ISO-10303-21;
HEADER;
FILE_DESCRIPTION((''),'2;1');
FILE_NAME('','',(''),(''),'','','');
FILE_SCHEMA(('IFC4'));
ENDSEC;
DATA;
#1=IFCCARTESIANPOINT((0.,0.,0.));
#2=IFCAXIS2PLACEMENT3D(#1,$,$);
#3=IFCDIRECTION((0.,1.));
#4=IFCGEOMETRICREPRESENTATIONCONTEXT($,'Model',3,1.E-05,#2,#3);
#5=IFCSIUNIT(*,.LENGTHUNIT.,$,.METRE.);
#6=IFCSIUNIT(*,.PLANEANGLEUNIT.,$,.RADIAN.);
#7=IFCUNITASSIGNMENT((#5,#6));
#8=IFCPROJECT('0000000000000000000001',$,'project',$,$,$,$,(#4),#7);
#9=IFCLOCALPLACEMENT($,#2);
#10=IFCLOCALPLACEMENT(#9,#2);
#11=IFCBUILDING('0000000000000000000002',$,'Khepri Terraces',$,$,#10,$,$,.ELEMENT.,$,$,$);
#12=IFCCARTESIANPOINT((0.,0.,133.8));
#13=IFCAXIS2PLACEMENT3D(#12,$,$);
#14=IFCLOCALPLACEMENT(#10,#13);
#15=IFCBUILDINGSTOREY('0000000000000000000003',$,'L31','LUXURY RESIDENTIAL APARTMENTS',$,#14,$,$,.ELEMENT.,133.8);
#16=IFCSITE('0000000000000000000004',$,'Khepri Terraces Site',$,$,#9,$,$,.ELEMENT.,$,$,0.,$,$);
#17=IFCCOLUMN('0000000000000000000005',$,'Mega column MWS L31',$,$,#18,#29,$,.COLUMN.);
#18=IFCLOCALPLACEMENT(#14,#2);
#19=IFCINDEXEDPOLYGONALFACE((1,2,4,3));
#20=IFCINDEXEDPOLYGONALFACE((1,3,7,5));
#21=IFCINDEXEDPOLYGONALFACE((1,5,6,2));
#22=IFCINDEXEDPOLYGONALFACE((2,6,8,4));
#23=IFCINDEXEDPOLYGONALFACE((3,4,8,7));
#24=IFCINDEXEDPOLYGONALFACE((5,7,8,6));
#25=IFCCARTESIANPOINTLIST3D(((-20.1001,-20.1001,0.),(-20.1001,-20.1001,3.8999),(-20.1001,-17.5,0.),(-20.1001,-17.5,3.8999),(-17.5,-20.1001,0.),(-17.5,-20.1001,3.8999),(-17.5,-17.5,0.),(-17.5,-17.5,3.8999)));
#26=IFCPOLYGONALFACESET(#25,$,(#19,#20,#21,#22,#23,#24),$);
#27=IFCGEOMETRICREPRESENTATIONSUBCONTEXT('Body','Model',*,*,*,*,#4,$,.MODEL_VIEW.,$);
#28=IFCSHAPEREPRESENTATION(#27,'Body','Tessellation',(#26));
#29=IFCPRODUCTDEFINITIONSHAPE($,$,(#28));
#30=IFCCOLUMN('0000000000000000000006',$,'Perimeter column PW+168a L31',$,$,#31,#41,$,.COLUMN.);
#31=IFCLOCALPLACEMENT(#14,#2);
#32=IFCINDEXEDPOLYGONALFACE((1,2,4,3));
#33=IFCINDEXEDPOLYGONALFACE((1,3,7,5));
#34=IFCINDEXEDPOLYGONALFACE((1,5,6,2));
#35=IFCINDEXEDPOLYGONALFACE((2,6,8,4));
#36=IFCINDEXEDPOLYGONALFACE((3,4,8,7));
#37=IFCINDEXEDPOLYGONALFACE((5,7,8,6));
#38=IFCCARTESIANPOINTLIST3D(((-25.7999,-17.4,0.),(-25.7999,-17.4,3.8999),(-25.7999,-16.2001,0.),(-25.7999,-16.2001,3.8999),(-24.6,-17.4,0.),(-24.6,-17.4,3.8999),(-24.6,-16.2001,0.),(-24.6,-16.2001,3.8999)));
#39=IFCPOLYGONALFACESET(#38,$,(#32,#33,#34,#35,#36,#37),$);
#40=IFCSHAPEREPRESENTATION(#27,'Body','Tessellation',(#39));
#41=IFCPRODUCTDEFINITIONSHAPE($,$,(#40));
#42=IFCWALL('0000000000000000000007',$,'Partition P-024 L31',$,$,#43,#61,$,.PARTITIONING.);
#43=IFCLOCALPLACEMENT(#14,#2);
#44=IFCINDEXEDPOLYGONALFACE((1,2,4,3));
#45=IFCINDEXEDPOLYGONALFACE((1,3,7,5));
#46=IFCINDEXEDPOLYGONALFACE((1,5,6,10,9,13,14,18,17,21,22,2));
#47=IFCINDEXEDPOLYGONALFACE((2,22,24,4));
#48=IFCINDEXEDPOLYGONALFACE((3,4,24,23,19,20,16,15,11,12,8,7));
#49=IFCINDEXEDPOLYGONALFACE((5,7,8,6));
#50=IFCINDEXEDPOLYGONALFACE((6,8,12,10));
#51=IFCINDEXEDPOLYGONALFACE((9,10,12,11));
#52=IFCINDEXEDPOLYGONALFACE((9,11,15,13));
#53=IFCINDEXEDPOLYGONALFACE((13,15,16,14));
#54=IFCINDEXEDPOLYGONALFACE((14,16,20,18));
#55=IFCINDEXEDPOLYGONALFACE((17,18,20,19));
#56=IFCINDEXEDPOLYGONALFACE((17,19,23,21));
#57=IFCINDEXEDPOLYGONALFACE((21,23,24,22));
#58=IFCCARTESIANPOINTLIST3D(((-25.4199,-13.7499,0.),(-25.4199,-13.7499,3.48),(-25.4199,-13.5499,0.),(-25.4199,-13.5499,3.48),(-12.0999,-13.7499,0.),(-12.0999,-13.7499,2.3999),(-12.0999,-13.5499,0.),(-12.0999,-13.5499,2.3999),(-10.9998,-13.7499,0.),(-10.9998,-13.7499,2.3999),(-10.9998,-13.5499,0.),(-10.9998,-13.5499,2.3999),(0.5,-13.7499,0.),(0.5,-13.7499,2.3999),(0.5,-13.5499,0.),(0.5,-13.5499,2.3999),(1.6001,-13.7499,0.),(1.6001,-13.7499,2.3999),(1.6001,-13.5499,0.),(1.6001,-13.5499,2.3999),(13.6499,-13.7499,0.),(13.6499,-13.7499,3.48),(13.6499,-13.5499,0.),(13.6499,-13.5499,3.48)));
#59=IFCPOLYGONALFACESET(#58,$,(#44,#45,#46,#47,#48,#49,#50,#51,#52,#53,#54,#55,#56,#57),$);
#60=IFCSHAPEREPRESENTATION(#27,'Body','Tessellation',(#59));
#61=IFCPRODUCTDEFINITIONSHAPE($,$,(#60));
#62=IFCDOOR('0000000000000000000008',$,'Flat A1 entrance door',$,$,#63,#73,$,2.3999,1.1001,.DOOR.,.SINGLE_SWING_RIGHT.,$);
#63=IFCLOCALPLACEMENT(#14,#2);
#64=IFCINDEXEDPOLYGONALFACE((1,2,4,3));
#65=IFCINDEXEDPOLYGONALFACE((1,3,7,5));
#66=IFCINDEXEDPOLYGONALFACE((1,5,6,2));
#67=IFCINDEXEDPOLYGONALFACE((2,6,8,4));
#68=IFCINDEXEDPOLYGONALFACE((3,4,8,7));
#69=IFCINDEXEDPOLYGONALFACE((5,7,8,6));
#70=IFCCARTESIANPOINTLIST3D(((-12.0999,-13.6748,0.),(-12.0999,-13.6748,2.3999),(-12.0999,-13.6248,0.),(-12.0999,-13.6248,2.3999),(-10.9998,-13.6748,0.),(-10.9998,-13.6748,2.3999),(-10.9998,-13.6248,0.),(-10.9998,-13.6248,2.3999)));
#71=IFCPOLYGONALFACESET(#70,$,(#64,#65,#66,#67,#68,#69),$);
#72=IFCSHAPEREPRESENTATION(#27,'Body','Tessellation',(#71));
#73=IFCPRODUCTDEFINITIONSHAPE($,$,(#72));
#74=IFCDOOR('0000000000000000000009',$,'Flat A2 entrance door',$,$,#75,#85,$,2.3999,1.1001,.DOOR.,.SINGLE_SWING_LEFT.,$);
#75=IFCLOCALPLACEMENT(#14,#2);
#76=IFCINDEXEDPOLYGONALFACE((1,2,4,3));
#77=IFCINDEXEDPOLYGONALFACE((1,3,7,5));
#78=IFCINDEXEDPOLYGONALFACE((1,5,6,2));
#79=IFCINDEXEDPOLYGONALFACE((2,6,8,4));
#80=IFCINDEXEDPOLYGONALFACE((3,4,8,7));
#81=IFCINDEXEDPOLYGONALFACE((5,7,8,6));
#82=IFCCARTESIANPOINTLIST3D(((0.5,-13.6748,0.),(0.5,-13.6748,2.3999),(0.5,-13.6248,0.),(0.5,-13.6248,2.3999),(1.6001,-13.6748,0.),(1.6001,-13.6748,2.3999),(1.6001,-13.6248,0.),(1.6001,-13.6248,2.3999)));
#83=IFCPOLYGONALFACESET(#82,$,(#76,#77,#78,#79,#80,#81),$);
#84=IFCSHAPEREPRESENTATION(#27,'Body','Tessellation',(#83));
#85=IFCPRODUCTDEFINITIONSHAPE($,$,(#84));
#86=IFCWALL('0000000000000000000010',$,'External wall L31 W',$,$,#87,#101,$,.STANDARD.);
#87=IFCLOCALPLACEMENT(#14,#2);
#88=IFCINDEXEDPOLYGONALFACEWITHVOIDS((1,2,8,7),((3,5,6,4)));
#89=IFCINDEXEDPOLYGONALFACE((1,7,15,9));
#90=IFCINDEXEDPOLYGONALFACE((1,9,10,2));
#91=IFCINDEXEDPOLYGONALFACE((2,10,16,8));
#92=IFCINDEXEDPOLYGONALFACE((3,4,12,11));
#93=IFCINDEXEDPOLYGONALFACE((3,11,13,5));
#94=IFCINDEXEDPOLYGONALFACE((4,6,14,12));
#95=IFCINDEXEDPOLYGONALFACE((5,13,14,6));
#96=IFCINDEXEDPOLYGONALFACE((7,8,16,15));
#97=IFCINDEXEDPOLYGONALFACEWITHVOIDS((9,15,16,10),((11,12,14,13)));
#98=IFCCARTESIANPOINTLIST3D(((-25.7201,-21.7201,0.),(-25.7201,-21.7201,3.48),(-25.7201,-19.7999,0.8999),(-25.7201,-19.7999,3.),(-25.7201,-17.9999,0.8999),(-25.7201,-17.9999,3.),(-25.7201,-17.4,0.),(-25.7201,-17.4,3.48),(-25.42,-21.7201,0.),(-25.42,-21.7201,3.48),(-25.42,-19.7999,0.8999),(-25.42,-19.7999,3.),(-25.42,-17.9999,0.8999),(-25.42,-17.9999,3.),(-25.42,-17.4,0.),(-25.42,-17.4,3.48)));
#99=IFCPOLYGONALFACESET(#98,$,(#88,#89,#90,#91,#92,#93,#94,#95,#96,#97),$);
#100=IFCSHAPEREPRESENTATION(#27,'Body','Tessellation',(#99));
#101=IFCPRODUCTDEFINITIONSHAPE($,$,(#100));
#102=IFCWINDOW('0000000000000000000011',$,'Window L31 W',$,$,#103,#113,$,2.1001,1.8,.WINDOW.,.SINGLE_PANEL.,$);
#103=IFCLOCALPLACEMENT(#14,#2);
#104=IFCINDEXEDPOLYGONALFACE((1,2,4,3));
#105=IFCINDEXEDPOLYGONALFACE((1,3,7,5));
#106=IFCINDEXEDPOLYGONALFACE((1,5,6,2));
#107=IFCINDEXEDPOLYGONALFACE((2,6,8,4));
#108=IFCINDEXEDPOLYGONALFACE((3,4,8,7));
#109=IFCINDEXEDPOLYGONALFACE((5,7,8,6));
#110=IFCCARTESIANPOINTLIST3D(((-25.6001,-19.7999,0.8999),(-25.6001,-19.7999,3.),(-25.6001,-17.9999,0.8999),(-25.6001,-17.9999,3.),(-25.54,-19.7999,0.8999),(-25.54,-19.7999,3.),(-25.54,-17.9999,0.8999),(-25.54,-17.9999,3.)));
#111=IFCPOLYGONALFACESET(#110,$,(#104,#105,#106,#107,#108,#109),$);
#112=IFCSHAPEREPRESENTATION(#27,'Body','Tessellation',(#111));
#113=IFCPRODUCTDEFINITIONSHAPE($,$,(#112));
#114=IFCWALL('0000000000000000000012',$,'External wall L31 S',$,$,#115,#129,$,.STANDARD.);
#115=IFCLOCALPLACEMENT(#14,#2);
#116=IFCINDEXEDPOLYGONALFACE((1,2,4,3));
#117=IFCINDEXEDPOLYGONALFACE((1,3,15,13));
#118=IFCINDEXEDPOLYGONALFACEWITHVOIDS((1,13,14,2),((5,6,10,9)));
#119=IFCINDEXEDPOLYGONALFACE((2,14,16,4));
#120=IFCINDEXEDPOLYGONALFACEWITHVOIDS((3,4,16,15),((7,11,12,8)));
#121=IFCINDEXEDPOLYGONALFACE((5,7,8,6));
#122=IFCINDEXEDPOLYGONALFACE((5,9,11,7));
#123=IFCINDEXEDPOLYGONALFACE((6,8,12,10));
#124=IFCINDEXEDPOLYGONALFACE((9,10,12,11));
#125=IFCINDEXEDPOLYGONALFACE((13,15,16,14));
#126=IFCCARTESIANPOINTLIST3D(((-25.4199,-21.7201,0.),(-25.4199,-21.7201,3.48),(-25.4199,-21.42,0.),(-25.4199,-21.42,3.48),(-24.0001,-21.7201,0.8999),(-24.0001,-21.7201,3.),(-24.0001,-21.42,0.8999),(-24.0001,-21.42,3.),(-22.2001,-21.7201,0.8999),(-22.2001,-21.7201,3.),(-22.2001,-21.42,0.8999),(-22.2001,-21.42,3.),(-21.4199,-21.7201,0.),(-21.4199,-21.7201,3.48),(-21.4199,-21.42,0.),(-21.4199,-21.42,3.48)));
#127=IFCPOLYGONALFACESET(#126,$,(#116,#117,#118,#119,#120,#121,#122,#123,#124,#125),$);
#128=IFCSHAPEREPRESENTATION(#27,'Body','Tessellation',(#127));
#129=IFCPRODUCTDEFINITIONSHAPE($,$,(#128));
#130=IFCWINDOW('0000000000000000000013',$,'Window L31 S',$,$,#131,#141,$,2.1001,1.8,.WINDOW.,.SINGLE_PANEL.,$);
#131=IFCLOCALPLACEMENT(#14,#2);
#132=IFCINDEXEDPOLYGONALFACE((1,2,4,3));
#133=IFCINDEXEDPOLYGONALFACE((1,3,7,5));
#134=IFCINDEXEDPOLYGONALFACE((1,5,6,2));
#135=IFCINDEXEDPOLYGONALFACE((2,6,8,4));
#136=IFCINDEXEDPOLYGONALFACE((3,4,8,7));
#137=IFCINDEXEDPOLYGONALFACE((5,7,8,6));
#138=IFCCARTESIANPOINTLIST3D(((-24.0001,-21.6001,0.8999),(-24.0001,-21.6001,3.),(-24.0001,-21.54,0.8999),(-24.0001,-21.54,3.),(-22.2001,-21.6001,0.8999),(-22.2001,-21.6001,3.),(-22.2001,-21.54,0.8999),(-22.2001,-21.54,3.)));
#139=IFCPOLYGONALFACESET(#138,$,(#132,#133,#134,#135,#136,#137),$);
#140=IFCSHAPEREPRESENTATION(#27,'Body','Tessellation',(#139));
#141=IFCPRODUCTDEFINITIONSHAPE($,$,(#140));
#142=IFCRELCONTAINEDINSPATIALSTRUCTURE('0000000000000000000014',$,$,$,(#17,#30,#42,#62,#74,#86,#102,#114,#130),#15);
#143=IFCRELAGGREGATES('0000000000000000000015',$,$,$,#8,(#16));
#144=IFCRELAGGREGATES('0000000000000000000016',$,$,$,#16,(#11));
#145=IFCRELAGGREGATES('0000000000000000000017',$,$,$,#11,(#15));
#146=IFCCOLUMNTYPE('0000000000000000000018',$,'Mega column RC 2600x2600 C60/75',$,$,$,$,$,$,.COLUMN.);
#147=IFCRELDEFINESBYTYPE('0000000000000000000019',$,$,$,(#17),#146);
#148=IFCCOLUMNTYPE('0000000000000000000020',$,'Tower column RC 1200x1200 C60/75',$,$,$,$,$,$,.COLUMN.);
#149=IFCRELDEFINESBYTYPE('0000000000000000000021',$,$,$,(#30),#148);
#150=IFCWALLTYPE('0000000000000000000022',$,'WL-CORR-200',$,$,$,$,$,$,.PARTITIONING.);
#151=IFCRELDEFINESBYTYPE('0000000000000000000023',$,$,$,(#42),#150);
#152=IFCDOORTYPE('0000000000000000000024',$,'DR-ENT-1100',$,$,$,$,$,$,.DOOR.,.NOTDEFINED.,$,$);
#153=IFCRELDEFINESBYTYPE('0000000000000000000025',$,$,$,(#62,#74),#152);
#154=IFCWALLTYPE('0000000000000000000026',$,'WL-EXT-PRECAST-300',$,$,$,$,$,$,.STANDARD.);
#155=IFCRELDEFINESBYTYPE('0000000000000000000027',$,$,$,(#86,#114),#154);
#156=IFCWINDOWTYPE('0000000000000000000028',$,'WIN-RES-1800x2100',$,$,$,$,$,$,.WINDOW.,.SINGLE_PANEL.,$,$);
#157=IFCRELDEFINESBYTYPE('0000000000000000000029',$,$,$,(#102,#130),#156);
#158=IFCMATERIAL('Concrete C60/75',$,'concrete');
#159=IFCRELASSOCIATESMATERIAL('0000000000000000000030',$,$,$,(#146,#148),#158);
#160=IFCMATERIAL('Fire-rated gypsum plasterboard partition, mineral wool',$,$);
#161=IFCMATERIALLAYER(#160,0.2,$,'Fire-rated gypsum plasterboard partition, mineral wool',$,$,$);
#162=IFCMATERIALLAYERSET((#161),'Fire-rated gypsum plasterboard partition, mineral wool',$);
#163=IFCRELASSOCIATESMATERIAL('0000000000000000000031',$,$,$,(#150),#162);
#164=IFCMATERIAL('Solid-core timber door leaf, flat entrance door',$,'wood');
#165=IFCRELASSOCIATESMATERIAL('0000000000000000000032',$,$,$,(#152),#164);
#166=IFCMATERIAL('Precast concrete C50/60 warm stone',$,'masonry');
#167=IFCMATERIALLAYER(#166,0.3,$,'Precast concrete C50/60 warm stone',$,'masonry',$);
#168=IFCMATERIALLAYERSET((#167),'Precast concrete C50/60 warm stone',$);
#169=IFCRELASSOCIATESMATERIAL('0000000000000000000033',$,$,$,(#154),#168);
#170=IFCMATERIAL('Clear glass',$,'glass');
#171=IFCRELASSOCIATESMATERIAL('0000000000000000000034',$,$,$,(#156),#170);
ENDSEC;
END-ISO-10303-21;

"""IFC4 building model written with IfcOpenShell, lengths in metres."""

from ifc_helpers import new_model, si_unit, direction, frame, frame_2d, origin, origin_2d, place, context, subcontext, project, spatial, rectangle, extrude, material, layer, layer_set, material_profile, profile_set, type_object, element, fill, save


model = new_model("IFC4")

# Units and contexts
model_context = context("Model", 3, precision=1e-05, world=origin(), true_north=direction((0.0, 1.0)))
body_context = subcontext(model_context, "Body", "Model", "MODEL_VIEW")
ifc_project = project(units=[si_unit("LENGTHUNIT", "METRE"), si_unit("PLANEANGLEUNIT", "RADIAN")], contexts=[model_context])

# Site, building, storey
site_placement = place(None, origin())
site = spatial("IfcSite", under=ifc_project, at=site_placement, Name="Khepri Terraces Site", CompositionType="ELEMENT", RefElevation=0.0)
building_placement = place(site_placement, origin())
building = spatial("IfcBuilding", under=site, at=building_placement, Name="Khepri Terraces", CompositionType="ELEMENT")
storey_placement = place(building_placement, frame((0.0, 0.0, 133.8)))
storey = spatial("IfcBuildingStorey", under=building, at=storey_placement, Name="L31", Description="LUXURY RESIDENTIAL APARTMENTS", CompositionType="ELEMENT", Elevation=133.8)

# Columns
ifc_material_1 = material(Name="Concrete C60/75", Category="concrete")
ifc_material_profile_1 = material_profile(ifc_material_1, rectangle(XDim=2.6001, YDim=2.6001, at=origin_2d()), Name="Concrete C60/75", Category="concrete")
ifc_profile_set_1 = profile_set([ifc_material_profile_1], Name="Concrete C60/75")
column_type_1 = type_object("IfcColumnType", Name="Mega column RC 2600x2600 C60/75", PredefinedType="COLUMN", material=ifc_profile_set_1)
column_1_placement = place(storey_placement, frame((-18.8, -18.8, 0.0), z_axis=(0.0, 0.0, 1.0), x_axis=(1.0, 0.0, 0.0)))
element("IfcColumn", 1, at=column_1_placement, inside=storey, type_object=column_type_1, Name="Mega column MWS L31", PredefinedType="COLUMN", context=body_context, shape_type="SweptSolid", body=[
    extrude(rectangle(XDim=2.6001, YDim=2.6001, at=origin_2d()), origin(), (0.0, 0.0, 1.0), 3.8999),
])
ifc_material_profile_2 = material_profile(ifc_material_1, rectangle(XDim=1.2, YDim=1.2, at=origin_2d()), Name="Concrete C60/75", Category="concrete")
ifc_profile_set_2 = profile_set([ifc_material_profile_2], Name="Concrete C60/75")
column_type_2 = type_object("IfcColumnType", Name="Tower column RC 1200x1200 C60/75", PredefinedType="COLUMN", material=ifc_profile_set_2)
column_2_placement = place(storey_placement, frame((-25.2, -16.8, 0.0), z_axis=(0.0, 0.0, 1.0), x_axis=(1.0, 0.0, 0.0)))
element("IfcColumn", 2, at=column_2_placement, inside=storey, type_object=column_type_2, Name="Perimeter column PW+168a L31", PredefinedType="COLUMN", context=body_context, shape_type="SweptSolid", body=[
    extrude(rectangle(XDim=1.2, YDim=1.2, at=origin_2d()), origin(), (0.0, 0.0, 1.0), 3.8999),
])

# Wall, openings, doors
ifc_material_2 = material(Name="Fire-rated gypsum plasterboard partition, mineral wool")
ifc_layer_1 = layer(ifc_material_2, 0.2, Name="Fire-rated gypsum plasterboard partition, mineral wool")
ifc_layer_set_1 = layer_set([ifc_layer_1], Name="Fire-rated gypsum plasterboard partition, mineral wool")
wall_type_1 = type_object("IfcWallType", Name="WL-CORR-200", PredefinedType="PARTITIONING", material=ifc_layer_set_1)
wall_1_placement = place(storey_placement, frame((-25.4199, -13.6499, 0.0), z_axis=(0.0, 0.0, 1.0), x_axis=(1.0, 0.0, 0.0)))
wall_1 = element("IfcWall", 3, at=wall_1_placement, inside=storey, type_object=wall_type_1, Name="Partition P-024 L31", PredefinedType="PARTITIONING", context=body_context, shape_type="SweptSolid", body=[
    extrude(rectangle(XDim=39.0698, YDim=0.2, at=frame_2d((19.5349, 0.0))), origin(), (0.0, 0.0, 1.0), 3.48),
])
opening_1_placement = place(wall_1_placement, frame((13.3201, 0.0, 0.0)))
opening_1 = element("IfcOpeningElement", 4, at=opening_1_placement, cuts=wall_1, PredefinedType="OPENING", context=body_context, shape_type="SweptSolid", body=[
    extrude(rectangle(XDim=1.1001, YDim=2.3999, at=frame_2d((0.55, 1.2))), frame((0.0, 0.1099, 0.0), z_axis=(0.0, -1.0, 0.0), x_axis=(1.0, 0.0, 0.0)), (0.0, 0.0, 1.0), 0.22),
])
opening_2_placement = place(wall_1_placement, frame((25.9199, 0.0, 0.0)))
opening_2 = element("IfcOpeningElement", 5, at=opening_2_placement, cuts=wall_1, PredefinedType="OPENING", context=body_context, shape_type="SweptSolid", body=[
    extrude(rectangle(XDim=1.1001, YDim=2.3999, at=frame_2d((0.55, 1.2))), frame((0.0, 0.1099, 0.0), z_axis=(0.0, -1.0, 0.0), x_axis=(1.0, 0.0, 0.0)), (0.0, 0.0, 1.0), 0.22),
])
ifc_material_3 = material(Name="Solid-core timber door leaf, flat entrance door", Category="wood")
door_type_1 = type_object("IfcDoorType", Name="DR-ENT-1100", OperationType="NOTDEFINED", PredefinedType="DOOR", material=ifc_material_3)
door_1_placement = place(opening_1_placement, frame((1.1001, 0.0, 0.0), z_axis=(0.0, 0.0, 1.0), x_axis=(-1.0, 0.0, 0.0)))
door_1 = element("IfcDoor", 6, at=door_1_placement, inside=storey, type_object=door_type_1, Name="Flat A1 entrance door", OperationType="SINGLE_SWING_RIGHT", OverallHeight=2.3999, OverallWidth=1.1001, PredefinedType="DOOR", context=body_context, shape_type="SweptSolid", body=[
    extrude(rectangle(XDim=1.1001, YDim=2.3999, at=frame_2d((0.55, 1.2))), frame((0.0, 0.0249, 0.0), z_axis=(0.0, -1.0, 0.0), x_axis=(1.0, 0.0, 0.0)), (0.0, 0.0, 1.0), 0.05),
])
fill(opening_1, door_1)
door_2_placement = place(opening_2_placement, frame((1.1001, 0.0, 0.0), z_axis=(0.0, 0.0, 1.0), x_axis=(-1.0, 0.0, 0.0)))
door_2 = element("IfcDoor", 7, at=door_2_placement, inside=storey, type_object=door_type_1, Name="Flat A2 entrance door", OperationType="SINGLE_SWING_LEFT", OverallHeight=2.3999, OverallWidth=1.1001, PredefinedType="DOOR", context=body_context, shape_type="SweptSolid", body=[
    extrude(rectangle(XDim=1.1001, YDim=2.3999, at=frame_2d((0.55, 1.2))), frame((0.0, 0.0249, 0.0), z_axis=(0.0, -1.0, 0.0), x_axis=(1.0, 0.0, 0.0)), (0.0, 0.0, 1.0), 0.05),
])
fill(opening_2, door_2)

# Walls, openings, windows
ifc_material_4 = material(Name="Precast concrete C50/60 warm stone", Category="masonry")
ifc_layer_2 = layer(ifc_material_4, 0.3, Name="Precast concrete C50/60 warm stone", Category="masonry")
ifc_layer_set_2 = layer_set([ifc_layer_2], Name="Precast concrete C50/60 warm stone")
wall_type_2 = type_object("IfcWallType", Name="WL-EXT-PRECAST-300", PredefinedType="STANDARD", material=ifc_layer_set_2)
wall_2_placement = place(storey_placement, frame((-25.5701, -17.3999, 0.0), z_axis=(0.0, 0.0, 1.0), x_axis=(0.0, -1.0, 0.0)))
wall_2 = element("IfcWall", 8, at=wall_2_placement, inside=storey, type_object=wall_type_2, Name="External wall L31 W", PredefinedType="STANDARD", context=body_context, shape_type="SweptSolid", body=[
    extrude(rectangle(XDim=4.3201, YDim=0.3, at=frame_2d((2.1602, 0.0))), origin(), (0.0, 0.0, 1.0), 3.48),
])
opening_3_placement = place(wall_2_placement, frame((0.6001, 0.0, 0.8999)))
opening_3 = element("IfcOpeningElement", 9, at=opening_3_placement, cuts=wall_2, PredefinedType="OPENING", context=body_context, shape_type="SweptSolid", body=[
    extrude(rectangle(XDim=1.8, YDim=2.1001, at=frame_2d((0.8999, 1.05))), frame((0.0, 0.1602, 0.0), z_axis=(0.0, -1.0, 0.0), x_axis=(1.0, 0.0, 0.0)), (0.0, 0.0, 1.0), 0.3201),
])
ifc_material_5 = material(Name="Clear glass", Category="glass")
window_type = type_object("IfcWindowType", Name="WIN-RES-1800x2100", PartitioningType="SINGLE_PANEL", PredefinedType="WINDOW", material=ifc_material_5)
window_1_placement = place(opening_3_placement, origin())
window_1 = element("IfcWindow", 10, at=window_1_placement, inside=storey, type_object=window_type, Name="Window L31 W", OverallHeight=2.1001, OverallWidth=1.8, PartitioningType="SINGLE_PANEL", PredefinedType="WINDOW", context=body_context, shape_type="SweptSolid", body=[
    extrude(rectangle(XDim=1.8, YDim=2.1001, at=frame_2d((0.8999, 1.05))), frame((0.0, 0.03, 0.0), z_axis=(0.0, -1.0, 0.0), x_axis=(1.0, 0.0, 0.0)), (0.0, 0.0, 1.0), 0.0601),
])
fill(opening_3, window_1)
wall_3_placement = place(storey_placement, frame((-25.4199, -21.5701, 0.0), z_axis=(0.0, 0.0, 1.0), x_axis=(1.0, 0.0, 0.0)))
wall_3 = element("IfcWall", 11, at=wall_3_placement, inside=storey, type_object=wall_type_2, Name="External wall L31 S", PredefinedType="STANDARD", context=body_context, shape_type="SweptSolid", body=[
    extrude(rectangle(XDim=4.0, YDim=0.3, at=frame_2d((2.0, 0.0))), origin(), (0.0, 0.0, 1.0), 3.48),
])
opening_4_placement = place(wall_3_placement, frame((1.4199, 0.0, 0.8999)))
opening_4 = element("IfcOpeningElement", 12, at=opening_4_placement, cuts=wall_3, PredefinedType="OPENING", context=body_context, shape_type="SweptSolid", body=[
    extrude(rectangle(XDim=1.8, YDim=2.1001, at=frame_2d((0.8999, 1.05))), frame((0.0, 0.1602, 0.0), z_axis=(0.0, -1.0, 0.0), x_axis=(1.0, 0.0, 0.0)), (0.0, 0.0, 1.0), 0.3201),
])
window_2_placement = place(opening_4_placement, origin())
window_2 = element("IfcWindow", 13, at=window_2_placement, inside=storey, type_object=window_type, Name="Window L31 S", OverallHeight=2.1001, OverallWidth=1.8, PartitioningType="SINGLE_PANEL", PredefinedType="WINDOW", context=body_context, shape_type="SweptSolid", body=[
    extrude(rectangle(XDim=1.8, YDim=2.1001, at=frame_2d((0.8999, 1.05))), frame((0.0, 0.03, 0.0), z_axis=(0.0, -1.0, 0.0), x_axis=(1.0, 0.0, 0.0)), (0.0, 0.0, 1.0), 0.0601),
])
fill(opening_4, window_2)

save(model, "model.ifc")
